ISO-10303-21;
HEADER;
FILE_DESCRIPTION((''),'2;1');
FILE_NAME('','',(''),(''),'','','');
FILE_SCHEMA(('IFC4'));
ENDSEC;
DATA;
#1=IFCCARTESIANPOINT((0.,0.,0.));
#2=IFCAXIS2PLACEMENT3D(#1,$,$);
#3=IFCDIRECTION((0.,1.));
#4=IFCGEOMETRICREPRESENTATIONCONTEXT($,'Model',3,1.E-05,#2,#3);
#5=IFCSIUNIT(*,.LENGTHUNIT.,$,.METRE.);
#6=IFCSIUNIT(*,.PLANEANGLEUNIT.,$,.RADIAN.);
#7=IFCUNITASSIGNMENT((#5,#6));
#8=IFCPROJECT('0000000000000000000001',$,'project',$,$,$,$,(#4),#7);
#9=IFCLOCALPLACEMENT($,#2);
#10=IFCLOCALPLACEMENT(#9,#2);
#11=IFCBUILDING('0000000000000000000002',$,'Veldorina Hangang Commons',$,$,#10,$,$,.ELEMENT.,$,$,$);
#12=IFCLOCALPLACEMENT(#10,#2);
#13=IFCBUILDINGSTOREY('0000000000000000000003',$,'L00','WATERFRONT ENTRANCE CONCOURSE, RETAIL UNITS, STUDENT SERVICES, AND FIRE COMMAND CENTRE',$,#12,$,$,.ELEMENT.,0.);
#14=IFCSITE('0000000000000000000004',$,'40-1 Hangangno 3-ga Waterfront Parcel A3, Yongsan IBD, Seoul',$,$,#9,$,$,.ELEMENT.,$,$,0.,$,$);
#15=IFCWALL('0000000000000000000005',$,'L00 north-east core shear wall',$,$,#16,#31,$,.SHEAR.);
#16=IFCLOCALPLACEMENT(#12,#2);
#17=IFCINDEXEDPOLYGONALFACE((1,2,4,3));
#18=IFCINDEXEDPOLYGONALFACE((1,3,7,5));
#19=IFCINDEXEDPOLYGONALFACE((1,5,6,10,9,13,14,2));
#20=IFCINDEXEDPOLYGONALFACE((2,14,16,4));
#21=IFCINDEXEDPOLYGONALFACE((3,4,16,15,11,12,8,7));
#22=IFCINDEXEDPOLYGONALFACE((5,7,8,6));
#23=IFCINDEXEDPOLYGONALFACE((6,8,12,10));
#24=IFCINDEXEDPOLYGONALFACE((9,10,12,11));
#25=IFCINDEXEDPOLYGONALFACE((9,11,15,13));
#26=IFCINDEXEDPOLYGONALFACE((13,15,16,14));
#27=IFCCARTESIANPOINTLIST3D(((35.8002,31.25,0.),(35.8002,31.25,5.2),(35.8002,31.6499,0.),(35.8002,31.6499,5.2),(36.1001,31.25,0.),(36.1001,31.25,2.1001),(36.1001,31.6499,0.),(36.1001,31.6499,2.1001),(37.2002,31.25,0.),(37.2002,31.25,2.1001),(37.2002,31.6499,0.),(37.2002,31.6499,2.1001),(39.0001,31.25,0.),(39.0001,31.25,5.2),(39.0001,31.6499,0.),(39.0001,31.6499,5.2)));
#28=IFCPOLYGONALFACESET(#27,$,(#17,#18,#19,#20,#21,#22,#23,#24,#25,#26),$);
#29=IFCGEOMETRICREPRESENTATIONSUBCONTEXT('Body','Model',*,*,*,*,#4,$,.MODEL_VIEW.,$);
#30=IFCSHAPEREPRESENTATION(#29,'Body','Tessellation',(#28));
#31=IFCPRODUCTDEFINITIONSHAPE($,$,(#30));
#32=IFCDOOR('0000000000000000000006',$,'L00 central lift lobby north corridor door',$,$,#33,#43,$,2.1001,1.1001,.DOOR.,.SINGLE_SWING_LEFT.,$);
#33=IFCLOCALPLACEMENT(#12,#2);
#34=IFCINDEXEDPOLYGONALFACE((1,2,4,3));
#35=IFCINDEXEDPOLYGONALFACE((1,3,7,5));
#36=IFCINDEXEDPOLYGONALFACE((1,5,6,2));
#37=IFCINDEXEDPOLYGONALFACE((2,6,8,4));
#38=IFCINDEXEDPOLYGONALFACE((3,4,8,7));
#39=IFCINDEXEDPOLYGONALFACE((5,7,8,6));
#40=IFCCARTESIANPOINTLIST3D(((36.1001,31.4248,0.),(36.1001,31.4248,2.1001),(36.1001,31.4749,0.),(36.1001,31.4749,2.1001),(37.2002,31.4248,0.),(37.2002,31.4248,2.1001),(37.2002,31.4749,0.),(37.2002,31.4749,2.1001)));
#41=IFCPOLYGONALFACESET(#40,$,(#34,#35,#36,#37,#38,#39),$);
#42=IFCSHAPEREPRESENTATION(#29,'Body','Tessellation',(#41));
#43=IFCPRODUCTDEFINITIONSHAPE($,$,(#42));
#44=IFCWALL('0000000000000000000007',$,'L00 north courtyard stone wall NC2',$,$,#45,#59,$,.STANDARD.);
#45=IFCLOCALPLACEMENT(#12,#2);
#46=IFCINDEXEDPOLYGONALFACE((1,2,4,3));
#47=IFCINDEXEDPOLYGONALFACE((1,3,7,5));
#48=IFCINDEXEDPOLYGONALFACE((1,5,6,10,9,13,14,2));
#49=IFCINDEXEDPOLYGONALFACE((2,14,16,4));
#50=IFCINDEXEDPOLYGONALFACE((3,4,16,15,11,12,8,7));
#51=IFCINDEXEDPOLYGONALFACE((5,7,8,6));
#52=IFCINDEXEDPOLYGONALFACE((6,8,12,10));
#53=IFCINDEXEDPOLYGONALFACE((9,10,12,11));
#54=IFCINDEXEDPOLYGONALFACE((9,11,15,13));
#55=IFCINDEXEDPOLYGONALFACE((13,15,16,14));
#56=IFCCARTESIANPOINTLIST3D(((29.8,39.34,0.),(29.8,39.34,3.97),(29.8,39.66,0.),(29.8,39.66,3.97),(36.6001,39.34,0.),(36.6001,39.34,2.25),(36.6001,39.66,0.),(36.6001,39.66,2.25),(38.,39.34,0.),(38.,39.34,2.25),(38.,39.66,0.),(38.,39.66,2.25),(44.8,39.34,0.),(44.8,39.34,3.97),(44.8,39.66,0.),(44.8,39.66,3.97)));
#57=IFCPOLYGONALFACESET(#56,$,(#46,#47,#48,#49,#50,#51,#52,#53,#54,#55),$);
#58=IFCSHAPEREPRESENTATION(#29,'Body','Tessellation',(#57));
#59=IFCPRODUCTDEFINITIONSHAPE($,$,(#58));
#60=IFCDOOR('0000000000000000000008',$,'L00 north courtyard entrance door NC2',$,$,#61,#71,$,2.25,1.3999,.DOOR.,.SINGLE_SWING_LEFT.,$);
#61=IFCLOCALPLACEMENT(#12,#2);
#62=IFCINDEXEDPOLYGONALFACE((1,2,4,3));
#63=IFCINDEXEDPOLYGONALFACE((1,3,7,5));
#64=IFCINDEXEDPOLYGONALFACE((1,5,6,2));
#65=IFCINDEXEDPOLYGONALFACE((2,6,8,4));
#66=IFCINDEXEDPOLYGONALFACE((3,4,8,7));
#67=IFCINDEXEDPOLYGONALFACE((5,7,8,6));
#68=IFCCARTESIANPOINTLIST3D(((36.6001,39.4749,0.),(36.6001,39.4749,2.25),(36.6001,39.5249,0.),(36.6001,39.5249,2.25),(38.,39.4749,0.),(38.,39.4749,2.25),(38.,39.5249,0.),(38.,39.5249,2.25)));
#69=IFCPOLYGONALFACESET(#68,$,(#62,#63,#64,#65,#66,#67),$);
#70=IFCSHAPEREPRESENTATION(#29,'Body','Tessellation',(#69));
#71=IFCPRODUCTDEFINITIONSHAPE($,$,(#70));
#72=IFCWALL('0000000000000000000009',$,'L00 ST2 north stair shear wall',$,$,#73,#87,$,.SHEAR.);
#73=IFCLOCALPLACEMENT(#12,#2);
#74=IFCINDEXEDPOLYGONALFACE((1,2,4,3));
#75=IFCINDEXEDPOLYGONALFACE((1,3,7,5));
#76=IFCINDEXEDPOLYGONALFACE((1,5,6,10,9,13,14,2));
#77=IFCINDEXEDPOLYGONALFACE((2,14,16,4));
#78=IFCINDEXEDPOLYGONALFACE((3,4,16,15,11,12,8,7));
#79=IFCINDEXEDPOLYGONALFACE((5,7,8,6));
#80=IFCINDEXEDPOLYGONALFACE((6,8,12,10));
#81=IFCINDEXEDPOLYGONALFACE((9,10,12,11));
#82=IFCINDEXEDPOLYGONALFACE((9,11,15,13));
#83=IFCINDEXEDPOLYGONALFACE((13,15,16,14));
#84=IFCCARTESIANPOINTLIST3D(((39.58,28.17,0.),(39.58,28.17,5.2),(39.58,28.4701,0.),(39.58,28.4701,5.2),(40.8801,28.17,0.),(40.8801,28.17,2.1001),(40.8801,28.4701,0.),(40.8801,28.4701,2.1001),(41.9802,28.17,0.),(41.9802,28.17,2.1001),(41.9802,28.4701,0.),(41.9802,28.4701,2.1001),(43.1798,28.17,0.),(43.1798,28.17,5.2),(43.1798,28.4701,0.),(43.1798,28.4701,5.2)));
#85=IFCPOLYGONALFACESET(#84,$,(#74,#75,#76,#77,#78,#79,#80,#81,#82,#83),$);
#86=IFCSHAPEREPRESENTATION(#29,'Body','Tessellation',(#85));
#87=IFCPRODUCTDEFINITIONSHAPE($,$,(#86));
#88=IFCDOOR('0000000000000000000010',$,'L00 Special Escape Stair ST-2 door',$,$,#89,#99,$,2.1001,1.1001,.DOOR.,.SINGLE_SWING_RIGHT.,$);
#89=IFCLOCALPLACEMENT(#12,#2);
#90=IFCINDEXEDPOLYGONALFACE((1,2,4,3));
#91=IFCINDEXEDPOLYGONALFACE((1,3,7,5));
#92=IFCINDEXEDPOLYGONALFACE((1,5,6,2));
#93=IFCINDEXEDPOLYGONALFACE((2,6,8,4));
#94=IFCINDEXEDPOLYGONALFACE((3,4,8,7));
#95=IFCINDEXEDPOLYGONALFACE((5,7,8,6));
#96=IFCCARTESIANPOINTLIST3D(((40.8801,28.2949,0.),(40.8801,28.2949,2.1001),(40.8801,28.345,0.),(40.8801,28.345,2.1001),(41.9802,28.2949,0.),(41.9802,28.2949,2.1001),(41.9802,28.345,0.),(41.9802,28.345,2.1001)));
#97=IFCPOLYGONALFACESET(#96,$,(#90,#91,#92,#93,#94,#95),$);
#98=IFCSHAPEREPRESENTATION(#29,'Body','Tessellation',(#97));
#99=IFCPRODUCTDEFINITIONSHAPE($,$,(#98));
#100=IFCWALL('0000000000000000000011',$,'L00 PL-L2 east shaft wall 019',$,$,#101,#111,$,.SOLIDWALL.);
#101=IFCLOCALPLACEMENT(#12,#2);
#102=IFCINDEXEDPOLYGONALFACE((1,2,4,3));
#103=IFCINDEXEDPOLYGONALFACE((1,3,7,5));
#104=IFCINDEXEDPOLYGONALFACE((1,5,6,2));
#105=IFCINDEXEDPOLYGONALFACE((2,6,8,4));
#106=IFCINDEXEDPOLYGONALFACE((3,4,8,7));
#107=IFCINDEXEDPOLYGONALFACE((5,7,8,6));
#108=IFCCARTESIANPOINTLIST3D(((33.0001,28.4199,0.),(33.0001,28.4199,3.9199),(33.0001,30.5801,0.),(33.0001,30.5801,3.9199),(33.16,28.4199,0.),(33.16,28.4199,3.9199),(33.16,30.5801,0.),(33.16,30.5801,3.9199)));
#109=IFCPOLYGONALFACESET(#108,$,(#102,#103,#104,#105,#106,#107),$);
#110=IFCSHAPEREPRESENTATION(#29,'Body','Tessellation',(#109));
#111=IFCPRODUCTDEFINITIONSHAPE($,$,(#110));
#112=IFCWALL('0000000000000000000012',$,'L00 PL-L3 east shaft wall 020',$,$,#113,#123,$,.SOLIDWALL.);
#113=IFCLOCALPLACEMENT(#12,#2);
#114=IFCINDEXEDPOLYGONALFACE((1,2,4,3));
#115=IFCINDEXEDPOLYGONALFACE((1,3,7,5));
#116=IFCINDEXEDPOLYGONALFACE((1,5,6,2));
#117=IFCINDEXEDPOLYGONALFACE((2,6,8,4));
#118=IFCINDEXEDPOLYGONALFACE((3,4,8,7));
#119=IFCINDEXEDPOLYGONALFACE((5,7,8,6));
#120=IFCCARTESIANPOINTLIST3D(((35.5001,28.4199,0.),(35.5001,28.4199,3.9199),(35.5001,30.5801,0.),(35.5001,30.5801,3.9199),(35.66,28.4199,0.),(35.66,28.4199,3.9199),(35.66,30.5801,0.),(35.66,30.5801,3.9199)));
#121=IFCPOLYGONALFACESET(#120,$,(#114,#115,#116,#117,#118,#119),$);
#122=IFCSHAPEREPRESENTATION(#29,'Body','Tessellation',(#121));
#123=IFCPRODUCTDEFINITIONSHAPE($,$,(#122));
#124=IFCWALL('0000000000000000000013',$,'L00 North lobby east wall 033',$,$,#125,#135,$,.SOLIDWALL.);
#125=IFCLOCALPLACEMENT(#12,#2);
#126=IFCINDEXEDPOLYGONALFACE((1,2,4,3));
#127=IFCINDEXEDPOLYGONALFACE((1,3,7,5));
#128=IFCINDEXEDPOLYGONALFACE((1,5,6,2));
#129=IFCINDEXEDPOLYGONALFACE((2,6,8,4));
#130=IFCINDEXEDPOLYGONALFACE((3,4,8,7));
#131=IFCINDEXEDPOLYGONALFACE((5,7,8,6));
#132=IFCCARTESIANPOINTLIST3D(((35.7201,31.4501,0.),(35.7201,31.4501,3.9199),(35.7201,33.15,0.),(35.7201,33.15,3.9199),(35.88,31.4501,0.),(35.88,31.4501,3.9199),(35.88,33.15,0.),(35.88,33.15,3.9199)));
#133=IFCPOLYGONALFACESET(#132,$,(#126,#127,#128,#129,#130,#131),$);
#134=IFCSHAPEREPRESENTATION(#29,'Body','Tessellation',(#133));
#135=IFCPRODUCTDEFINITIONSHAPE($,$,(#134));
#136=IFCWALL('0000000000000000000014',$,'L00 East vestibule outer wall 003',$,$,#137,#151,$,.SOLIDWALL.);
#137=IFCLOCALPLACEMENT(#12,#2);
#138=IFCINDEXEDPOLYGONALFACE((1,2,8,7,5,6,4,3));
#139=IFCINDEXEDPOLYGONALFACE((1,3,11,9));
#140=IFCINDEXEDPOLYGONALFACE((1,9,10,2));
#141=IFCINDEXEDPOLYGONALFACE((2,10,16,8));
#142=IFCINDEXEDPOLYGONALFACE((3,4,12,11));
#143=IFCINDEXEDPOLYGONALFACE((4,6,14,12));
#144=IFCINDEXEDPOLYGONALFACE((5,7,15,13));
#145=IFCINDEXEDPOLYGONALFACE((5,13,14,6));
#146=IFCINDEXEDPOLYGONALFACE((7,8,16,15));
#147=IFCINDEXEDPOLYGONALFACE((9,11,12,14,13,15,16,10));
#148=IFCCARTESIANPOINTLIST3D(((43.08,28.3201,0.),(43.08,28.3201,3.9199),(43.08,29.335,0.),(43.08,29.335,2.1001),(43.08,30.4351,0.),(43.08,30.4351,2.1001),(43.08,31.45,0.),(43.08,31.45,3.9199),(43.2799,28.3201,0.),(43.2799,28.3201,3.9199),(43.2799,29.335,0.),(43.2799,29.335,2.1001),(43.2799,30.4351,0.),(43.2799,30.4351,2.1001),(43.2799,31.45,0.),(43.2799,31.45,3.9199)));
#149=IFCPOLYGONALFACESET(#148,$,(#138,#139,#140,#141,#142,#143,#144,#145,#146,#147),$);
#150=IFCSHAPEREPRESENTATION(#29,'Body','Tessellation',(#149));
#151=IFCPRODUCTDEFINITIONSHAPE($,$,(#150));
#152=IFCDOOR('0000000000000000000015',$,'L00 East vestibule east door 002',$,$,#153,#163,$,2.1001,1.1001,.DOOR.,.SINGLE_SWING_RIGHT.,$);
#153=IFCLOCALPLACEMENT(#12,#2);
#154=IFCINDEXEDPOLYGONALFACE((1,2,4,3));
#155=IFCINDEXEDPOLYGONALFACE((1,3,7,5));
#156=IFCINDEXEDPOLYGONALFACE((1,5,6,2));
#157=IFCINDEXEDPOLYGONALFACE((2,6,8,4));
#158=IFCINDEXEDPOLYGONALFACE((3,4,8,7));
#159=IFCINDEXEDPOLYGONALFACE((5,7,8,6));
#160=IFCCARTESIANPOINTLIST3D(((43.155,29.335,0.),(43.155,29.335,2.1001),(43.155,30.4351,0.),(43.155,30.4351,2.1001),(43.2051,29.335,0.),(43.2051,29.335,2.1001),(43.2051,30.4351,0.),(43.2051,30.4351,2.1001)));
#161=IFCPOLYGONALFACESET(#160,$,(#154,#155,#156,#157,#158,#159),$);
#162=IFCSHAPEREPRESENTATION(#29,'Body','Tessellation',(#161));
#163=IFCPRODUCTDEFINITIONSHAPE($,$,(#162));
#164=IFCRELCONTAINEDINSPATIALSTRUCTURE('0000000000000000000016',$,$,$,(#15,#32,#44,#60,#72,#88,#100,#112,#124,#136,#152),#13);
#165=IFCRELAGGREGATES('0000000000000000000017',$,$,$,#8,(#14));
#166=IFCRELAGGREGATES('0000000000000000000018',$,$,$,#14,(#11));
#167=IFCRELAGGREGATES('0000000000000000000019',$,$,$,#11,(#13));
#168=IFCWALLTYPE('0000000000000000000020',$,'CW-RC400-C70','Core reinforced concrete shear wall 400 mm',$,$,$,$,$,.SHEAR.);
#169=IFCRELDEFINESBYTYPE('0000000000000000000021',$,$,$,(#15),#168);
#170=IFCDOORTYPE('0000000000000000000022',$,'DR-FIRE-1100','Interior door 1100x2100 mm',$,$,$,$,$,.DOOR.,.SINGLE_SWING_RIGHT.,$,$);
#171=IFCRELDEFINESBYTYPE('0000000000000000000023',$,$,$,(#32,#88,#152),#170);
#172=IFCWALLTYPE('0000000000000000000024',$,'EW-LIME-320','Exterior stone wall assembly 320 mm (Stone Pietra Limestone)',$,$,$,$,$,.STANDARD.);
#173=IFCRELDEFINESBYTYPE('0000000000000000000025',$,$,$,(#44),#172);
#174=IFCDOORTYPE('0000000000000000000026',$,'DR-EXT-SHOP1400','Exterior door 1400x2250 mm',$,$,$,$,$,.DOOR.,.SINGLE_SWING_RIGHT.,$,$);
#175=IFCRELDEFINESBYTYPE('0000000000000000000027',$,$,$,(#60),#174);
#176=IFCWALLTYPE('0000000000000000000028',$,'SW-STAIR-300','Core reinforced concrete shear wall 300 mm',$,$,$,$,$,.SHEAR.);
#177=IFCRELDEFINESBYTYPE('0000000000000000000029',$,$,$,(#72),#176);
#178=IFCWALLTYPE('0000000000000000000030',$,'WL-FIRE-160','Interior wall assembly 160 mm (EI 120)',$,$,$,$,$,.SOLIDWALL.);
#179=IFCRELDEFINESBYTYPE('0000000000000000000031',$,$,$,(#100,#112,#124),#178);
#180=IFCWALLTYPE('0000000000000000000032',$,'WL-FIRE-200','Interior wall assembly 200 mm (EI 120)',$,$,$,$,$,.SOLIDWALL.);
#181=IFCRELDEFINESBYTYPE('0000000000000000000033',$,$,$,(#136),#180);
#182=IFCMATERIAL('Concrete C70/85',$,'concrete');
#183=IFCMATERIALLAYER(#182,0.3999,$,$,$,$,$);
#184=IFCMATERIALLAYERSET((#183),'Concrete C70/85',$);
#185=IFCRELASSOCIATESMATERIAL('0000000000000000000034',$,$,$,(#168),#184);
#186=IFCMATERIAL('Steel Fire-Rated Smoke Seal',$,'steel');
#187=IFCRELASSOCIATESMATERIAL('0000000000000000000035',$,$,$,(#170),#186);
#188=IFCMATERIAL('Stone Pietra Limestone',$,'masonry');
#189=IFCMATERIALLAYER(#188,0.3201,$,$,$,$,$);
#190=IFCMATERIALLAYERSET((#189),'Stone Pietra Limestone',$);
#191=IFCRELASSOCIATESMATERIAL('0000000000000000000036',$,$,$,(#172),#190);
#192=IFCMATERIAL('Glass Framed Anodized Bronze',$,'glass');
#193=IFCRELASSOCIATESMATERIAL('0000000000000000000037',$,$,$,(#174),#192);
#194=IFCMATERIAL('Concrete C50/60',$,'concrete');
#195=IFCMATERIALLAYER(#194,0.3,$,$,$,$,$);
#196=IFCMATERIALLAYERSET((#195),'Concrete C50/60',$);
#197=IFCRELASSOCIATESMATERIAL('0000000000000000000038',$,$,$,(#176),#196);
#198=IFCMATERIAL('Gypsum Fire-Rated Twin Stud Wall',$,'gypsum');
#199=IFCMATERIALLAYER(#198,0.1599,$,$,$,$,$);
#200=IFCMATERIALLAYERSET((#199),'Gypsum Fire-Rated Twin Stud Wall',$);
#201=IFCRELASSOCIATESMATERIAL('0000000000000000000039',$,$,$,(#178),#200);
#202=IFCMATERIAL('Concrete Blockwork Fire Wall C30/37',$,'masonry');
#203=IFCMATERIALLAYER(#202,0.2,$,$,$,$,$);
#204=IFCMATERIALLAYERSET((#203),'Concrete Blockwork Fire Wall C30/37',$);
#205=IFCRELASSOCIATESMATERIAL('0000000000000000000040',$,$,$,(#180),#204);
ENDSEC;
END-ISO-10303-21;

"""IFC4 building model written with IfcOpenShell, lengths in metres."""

from ifc_helpers import new_model, si_unit, direction, frame, frame_2d, origin, place, context, subcontext, project, spatial, rectangle, extrude, material, layer, layer_set, type_object, element, fill, save


model = new_model("IFC4")

# Units and contexts
model_context = context("Model", 3, precision=1e-05, world=origin(), true_north=direction((0.0, 1.0)))
body_context = subcontext(model_context, "Body", "Model", "MODEL_VIEW")
ifc_project = project(units=[si_unit("LENGTHUNIT", "METRE"), si_unit("PLANEANGLEUNIT", "RADIAN")], contexts=[model_context])

# Site, building, storey
site_placement = place(None, origin())
site = spatial("IfcSite", under=ifc_project, at=site_placement, Name="40-1 Hangangno 3-ga Waterfront Parcel A3, Yongsan IBD, Seoul", CompositionType="ELEMENT", RefElevation=0.0)
building_placement = place(site_placement, origin())
building = spatial("IfcBuilding", under=site, at=building_placement, Name="Veldorina Hangang Commons", CompositionType="ELEMENT")
storey_placement = place(building_placement, origin())
storey = spatial("IfcBuildingStorey", under=building, at=storey_placement, Name="L00", Description="WATERFRONT ENTRANCE CONCOURSE, RETAIL UNITS, STUDENT SERVICES, AND FIRE COMMAND CENTRE", CompositionType="ELEMENT", Elevation=0.0)

# Walls, openings, doors
ifc_material_1 = material(Name="Concrete C70/85", Category="concrete")
ifc_layer_1 = layer(ifc_material_1, 0.3999)
ifc_layer_set_1 = layer_set([ifc_layer_1], Name="Concrete C70/85")
wall_type_1 = type_object("IfcWallType", Name="CW-RC400-C70", Description="Core reinforced concrete shear wall 400 mm", PredefinedType="SHEAR", material=ifc_layer_set_1)
wall_1_placement = place(storey_placement, frame((35.8, 31.45, 0.0), z_axis=(0.0, 0.0, 1.0), x_axis=(1.0, 0.0, 0.0)))
wall_1 = element("IfcWall", 1, at=wall_1_placement, inside=storey, type_object=wall_type_1, Name="L00 north-east core shear wall", PredefinedType="SHEAR", context=body_context, shape_type="SweptSolid", body=[
    extrude(rectangle(XDim=3.2, YDim=0.3999, at=frame_2d((1.6001, 0.0))), origin(), (0.0, 0.0, 1.0), 5.2),
])
opening_1_placement = place(wall_1_placement, frame((0.3, 0.0, 0.0)))
opening_1 = element("IfcOpeningElement", 2, at=opening_1_placement, cuts=wall_1, PredefinedType="OPENING", context=body_context, shape_type="SweptSolid", body=[
    extrude(rectangle(XDim=1.1001, YDim=2.1001, at=frame_2d((0.55, 1.05))), frame((0.0, 0.21, 0.0), z_axis=(0.0, -1.0, 0.0), x_axis=(1.0, 0.0, 0.0)), (0.0, 0.0, 1.0), 0.4199),
])
ifc_material_2 = material(Name="Steel Fire-Rated Smoke Seal", Category="steel")
door_type_1 = type_object("IfcDoorType", Name="DR-FIRE-1100", Description="Interior door 1100x2100 mm", OperationType="SINGLE_SWING_RIGHT", PredefinedType="DOOR", material=ifc_material_2)
door_1_placement = place(opening_1_placement, origin())
door_1 = element("IfcDoor", 3, at=door_1_placement, inside=storey, type_object=door_type_1, Name="L00 central lift lobby north corridor door", OperationType="SINGLE_SWING_LEFT", OverallHeight=2.1001, OverallWidth=1.1001, PredefinedType="DOOR", context=body_context, shape_type="SweptSolid", body=[
    extrude(rectangle(XDim=1.1001, YDim=2.1001, at=frame_2d((0.55, 1.05))), frame((0.0, 0.0249, 0.0), z_axis=(0.0, -1.0, 0.0), x_axis=(1.0, 0.0, 0.0)), (0.0, 0.0, 1.0), 0.05),
])
fill(opening_1, door_1)
ifc_material_3 = material(Name="Stone Pietra Limestone", Category="masonry")
ifc_layer_2 = layer(ifc_material_3, 0.3201)
ifc_layer_set_2 = layer_set([ifc_layer_2], Name="Stone Pietra Limestone")
wall_type_2 = type_object("IfcWallType", Name="EW-LIME-320", Description="Exterior stone wall assembly 320 mm (Stone Pietra Limestone)", PredefinedType="STANDARD", material=ifc_layer_set_2)
wall_2_placement = place(storey_placement, frame((44.8, 39.5, 0.0), z_axis=(0.0, 0.0, 1.0), x_axis=(-1.0, 0.0, 0.0)))
wall_2 = element("IfcWall", 4, at=wall_2_placement, inside=storey, type_object=wall_type_2, Name="L00 north courtyard stone wall NC2", PredefinedType="STANDARD", context=body_context, shape_type="SweptSolid", body=[
    extrude(rectangle(XDim=15.0, YDim=0.3201, at=frame_2d((7.5, 0.0))), origin(), (0.0, 0.0, 1.0), 3.97),
])
opening_2_placement = place(wall_2_placement, frame((6.8, 0.0, 0.0)))
opening_2 = element("IfcOpeningElement", 5, at=opening_2_placement, cuts=wall_2, PredefinedType="OPENING", context=body_context, shape_type="SweptSolid", body=[
    extrude(rectangle(XDim=1.3999, YDim=2.25, at=frame_2d((0.7, 1.125))), frame((0.0, 0.1699, 0.0), z_axis=(0.0, -1.0, 0.0), x_axis=(1.0, 0.0, 0.0)), (0.0, 0.0, 1.0), 0.3401),
])
ifc_material_4 = material(Name="Glass Framed Anodized Bronze", Category="glass")
door_type_2 = type_object("IfcDoorType", Name="DR-EXT-SHOP1400", Description="Exterior door 1400x2250 mm", OperationType="SINGLE_SWING_RIGHT", PredefinedType="DOOR", material=ifc_material_4)
door_2_placement = place(opening_2_placement, frame((1.3999, 0.0, 0.0), z_axis=(0.0, 0.0, 1.0), x_axis=(-1.0, 0.0, 0.0)))
door_2 = element("IfcDoor", 6, at=door_2_placement, inside=storey, type_object=door_type_2, Name="L00 north courtyard entrance door NC2", OperationType="SINGLE_SWING_LEFT", OverallHeight=2.25, OverallWidth=1.3999, PredefinedType="DOOR", context=body_context, shape_type="SweptSolid", body=[
    extrude(rectangle(XDim=1.3999, YDim=2.25, at=frame_2d((0.7, 1.125))), frame((0.0, 0.0249, 0.0), z_axis=(0.0, -1.0, 0.0), x_axis=(1.0, 0.0, 0.0)), (0.0, 0.0, 1.0), 0.05),
])
fill(opening_2, door_2)
ifc_material_5 = material(Name="Concrete C50/60", Category="concrete")
ifc_layer_3 = layer(ifc_material_5, 0.3)
ifc_layer_set_3 = layer_set([ifc_layer_3], Name="Concrete C50/60")
wall_type_3 = type_object("IfcWallType", Name="SW-STAIR-300", Description="Core reinforced concrete shear wall 300 mm", PredefinedType="SHEAR", material=ifc_layer_set_3)
wall_3_placement = place(storey_placement, frame((39.5801, 28.3201, 0.0), z_axis=(0.0, 0.0, 1.0), x_axis=(1.0, 0.0, 0.0)))
wall_3 = element("IfcWall", 7, at=wall_3_placement, inside=storey, type_object=wall_type_3, Name="L00 ST2 north stair shear wall", PredefinedType="SHEAR", context=body_context, shape_type="SweptSolid", body=[
    extrude(rectangle(XDim=3.5999, YDim=0.3, at=frame_2d((1.7998, 0.0))), origin(), (0.0, 0.0, 1.0), 5.2),
])
opening_3_placement = place(wall_3_placement, frame((1.3, 0.0, 0.0)))
opening_3 = element("IfcOpeningElement", 8, at=opening_3_placement, cuts=wall_3, PredefinedType="OPENING", context=body_context, shape_type="SweptSolid", body=[
    extrude(rectangle(XDim=1.1001, YDim=2.1001, at=frame_2d((0.55, 1.05))), frame((0.0, 0.1602, 0.0), z_axis=(0.0, -1.0, 0.0), x_axis=(1.0, 0.0, 0.0)), (0.0, 0.0, 1.0), 0.3201),
])
door_3_placement = place(opening_3_placement, origin())
door_3 = element("IfcDoor", 9, at=door_3_placement, inside=storey, type_object=door_type_1, Name="L00 Special Escape Stair ST-2 door", OperationType="SINGLE_SWING_RIGHT", OverallHeight=2.1001, OverallWidth=1.1001, PredefinedType="DOOR", context=body_context, shape_type="SweptSolid", body=[
    extrude(rectangle(XDim=1.1001, YDim=2.1001, at=frame_2d((0.55, 1.05))), frame((0.0, 0.0249, 0.0), z_axis=(0.0, -1.0, 0.0), x_axis=(1.0, 0.0, 0.0)), (0.0, 0.0, 1.0), 0.05),
])
fill(opening_3, door_3)

# Walls
ifc_material_6 = material(Name="Gypsum Fire-Rated Twin Stud Wall", Category="gypsum")
ifc_layer_4 = layer(ifc_material_6, 0.1599)
ifc_layer_set_4 = layer_set([ifc_layer_4], Name="Gypsum Fire-Rated Twin Stud Wall")
wall_type_4 = type_object("IfcWallType", Name="WL-FIRE-160", Description="Interior wall assembly 160 mm (EI 120)", PredefinedType="SOLIDWALL", material=ifc_layer_set_4)
for number, where, z_axis, x_axis, name in (
    (10, (33.0801, 28.4199, 0.0), (0.0, 0.0, 1.0), (0.0, 1.0, 0.0), "L00 PL-L2 east shaft wall 019"),
    (11, (35.5801, 28.4199, 0.0), (0.0, 0.0, 1.0), (0.0, 1.0, 0.0), "L00 PL-L3 east shaft wall 020"),
):
    element("IfcWall", number, at=place(storey_placement, frame(where, z_axis=z_axis, x_axis=x_axis)), inside=storey, type_object=wall_type_4, Name=name, PredefinedType="SOLIDWALL", context=body_context, shape_type="SweptSolid", body=[
        extrude(rectangle(XDim=2.1602, YDim=0.1599, at=frame_2d((1.0801, 0.0))), origin(), (0.0, 0.0, 1.0), 3.9199),
    ])
wall_4_placement = place(storey_placement, frame((35.8, 31.45, 0.0), z_axis=(0.0, 0.0, 1.0), x_axis=(0.0, 1.0, 0.0)))
element("IfcWall", 12, at=wall_4_placement, inside=storey, type_object=wall_type_4, Name="L00 North lobby east wall 033", PredefinedType="SOLIDWALL", context=body_context, shape_type="SweptSolid", body=[
    extrude(rectangle(XDim=1.7, YDim=0.1599, at=frame_2d((0.8501, 0.0))), origin(), (0.0, 0.0, 1.0), 3.9199),
])

# Wall, opening, door
ifc_material_7 = material(Name="Concrete Blockwork Fire Wall C30/37", Category="masonry")
ifc_layer_5 = layer(ifc_material_7, 0.2)
ifc_layer_set_5 = layer_set([ifc_layer_5], Name="Concrete Blockwork Fire Wall C30/37")
wall_type_5 = type_object("IfcWallType", Name="WL-FIRE-200", Description="Interior wall assembly 200 mm (EI 120)", PredefinedType="SOLIDWALL", material=ifc_layer_set_5)
wall_5_placement = place(storey_placement, frame((43.1799, 28.3201, 0.0), z_axis=(0.0, 0.0, 1.0), x_axis=(0.0, 1.0, 0.0)))
wall_5 = element("IfcWall", 13, at=wall_5_placement, inside=storey, type_object=wall_type_5, Name="L00 East vestibule outer wall 003", PredefinedType="SOLIDWALL", context=body_context, shape_type="SweptSolid", body=[
    extrude(rectangle(XDim=3.1299, YDim=0.2, at=frame_2d((1.5649, 0.0))), origin(), (0.0, 0.0, 1.0), 3.9199),
])
opening_4_placement = place(wall_5_placement, frame((1.0149, 0.0, 0.0)))
opening_4 = element("IfcOpeningElement", 14, at=opening_4_placement, cuts=wall_5, PredefinedType="OPENING", context=body_context, shape_type="SweptSolid", body=[
    extrude(rectangle(XDim=1.1001, YDim=2.1001, at=frame_2d((0.55, 1.05))), frame((0.0, 0.1099, 0.0), z_axis=(0.0, -1.0, 0.0), x_axis=(1.0, 0.0, 0.0)), (0.0, 0.0, 1.0), 0.22),
])
door_4_placement = place(opening_4_placement, origin())
door_4 = element("IfcDoor", 15, at=door_4_placement, inside=storey, type_object=door_type_1, Name="L00 East vestibule east door 002", OperationType="SINGLE_SWING_RIGHT", OverallHeight=2.1001, OverallWidth=1.1001, PredefinedType="DOOR", context=body_context, shape_type="SweptSolid", body=[
    extrude(rectangle(XDim=1.1001, YDim=2.1001, at=frame_2d((0.55, 1.05))), frame((0.0, 0.0249, 0.0), z_axis=(0.0, -1.0, 0.0), x_axis=(1.0, 0.0, 0.0)), (0.0, 0.0, 1.0), 0.05),
])
fill(opening_4, door_4)

save(model, "model.ifc")
